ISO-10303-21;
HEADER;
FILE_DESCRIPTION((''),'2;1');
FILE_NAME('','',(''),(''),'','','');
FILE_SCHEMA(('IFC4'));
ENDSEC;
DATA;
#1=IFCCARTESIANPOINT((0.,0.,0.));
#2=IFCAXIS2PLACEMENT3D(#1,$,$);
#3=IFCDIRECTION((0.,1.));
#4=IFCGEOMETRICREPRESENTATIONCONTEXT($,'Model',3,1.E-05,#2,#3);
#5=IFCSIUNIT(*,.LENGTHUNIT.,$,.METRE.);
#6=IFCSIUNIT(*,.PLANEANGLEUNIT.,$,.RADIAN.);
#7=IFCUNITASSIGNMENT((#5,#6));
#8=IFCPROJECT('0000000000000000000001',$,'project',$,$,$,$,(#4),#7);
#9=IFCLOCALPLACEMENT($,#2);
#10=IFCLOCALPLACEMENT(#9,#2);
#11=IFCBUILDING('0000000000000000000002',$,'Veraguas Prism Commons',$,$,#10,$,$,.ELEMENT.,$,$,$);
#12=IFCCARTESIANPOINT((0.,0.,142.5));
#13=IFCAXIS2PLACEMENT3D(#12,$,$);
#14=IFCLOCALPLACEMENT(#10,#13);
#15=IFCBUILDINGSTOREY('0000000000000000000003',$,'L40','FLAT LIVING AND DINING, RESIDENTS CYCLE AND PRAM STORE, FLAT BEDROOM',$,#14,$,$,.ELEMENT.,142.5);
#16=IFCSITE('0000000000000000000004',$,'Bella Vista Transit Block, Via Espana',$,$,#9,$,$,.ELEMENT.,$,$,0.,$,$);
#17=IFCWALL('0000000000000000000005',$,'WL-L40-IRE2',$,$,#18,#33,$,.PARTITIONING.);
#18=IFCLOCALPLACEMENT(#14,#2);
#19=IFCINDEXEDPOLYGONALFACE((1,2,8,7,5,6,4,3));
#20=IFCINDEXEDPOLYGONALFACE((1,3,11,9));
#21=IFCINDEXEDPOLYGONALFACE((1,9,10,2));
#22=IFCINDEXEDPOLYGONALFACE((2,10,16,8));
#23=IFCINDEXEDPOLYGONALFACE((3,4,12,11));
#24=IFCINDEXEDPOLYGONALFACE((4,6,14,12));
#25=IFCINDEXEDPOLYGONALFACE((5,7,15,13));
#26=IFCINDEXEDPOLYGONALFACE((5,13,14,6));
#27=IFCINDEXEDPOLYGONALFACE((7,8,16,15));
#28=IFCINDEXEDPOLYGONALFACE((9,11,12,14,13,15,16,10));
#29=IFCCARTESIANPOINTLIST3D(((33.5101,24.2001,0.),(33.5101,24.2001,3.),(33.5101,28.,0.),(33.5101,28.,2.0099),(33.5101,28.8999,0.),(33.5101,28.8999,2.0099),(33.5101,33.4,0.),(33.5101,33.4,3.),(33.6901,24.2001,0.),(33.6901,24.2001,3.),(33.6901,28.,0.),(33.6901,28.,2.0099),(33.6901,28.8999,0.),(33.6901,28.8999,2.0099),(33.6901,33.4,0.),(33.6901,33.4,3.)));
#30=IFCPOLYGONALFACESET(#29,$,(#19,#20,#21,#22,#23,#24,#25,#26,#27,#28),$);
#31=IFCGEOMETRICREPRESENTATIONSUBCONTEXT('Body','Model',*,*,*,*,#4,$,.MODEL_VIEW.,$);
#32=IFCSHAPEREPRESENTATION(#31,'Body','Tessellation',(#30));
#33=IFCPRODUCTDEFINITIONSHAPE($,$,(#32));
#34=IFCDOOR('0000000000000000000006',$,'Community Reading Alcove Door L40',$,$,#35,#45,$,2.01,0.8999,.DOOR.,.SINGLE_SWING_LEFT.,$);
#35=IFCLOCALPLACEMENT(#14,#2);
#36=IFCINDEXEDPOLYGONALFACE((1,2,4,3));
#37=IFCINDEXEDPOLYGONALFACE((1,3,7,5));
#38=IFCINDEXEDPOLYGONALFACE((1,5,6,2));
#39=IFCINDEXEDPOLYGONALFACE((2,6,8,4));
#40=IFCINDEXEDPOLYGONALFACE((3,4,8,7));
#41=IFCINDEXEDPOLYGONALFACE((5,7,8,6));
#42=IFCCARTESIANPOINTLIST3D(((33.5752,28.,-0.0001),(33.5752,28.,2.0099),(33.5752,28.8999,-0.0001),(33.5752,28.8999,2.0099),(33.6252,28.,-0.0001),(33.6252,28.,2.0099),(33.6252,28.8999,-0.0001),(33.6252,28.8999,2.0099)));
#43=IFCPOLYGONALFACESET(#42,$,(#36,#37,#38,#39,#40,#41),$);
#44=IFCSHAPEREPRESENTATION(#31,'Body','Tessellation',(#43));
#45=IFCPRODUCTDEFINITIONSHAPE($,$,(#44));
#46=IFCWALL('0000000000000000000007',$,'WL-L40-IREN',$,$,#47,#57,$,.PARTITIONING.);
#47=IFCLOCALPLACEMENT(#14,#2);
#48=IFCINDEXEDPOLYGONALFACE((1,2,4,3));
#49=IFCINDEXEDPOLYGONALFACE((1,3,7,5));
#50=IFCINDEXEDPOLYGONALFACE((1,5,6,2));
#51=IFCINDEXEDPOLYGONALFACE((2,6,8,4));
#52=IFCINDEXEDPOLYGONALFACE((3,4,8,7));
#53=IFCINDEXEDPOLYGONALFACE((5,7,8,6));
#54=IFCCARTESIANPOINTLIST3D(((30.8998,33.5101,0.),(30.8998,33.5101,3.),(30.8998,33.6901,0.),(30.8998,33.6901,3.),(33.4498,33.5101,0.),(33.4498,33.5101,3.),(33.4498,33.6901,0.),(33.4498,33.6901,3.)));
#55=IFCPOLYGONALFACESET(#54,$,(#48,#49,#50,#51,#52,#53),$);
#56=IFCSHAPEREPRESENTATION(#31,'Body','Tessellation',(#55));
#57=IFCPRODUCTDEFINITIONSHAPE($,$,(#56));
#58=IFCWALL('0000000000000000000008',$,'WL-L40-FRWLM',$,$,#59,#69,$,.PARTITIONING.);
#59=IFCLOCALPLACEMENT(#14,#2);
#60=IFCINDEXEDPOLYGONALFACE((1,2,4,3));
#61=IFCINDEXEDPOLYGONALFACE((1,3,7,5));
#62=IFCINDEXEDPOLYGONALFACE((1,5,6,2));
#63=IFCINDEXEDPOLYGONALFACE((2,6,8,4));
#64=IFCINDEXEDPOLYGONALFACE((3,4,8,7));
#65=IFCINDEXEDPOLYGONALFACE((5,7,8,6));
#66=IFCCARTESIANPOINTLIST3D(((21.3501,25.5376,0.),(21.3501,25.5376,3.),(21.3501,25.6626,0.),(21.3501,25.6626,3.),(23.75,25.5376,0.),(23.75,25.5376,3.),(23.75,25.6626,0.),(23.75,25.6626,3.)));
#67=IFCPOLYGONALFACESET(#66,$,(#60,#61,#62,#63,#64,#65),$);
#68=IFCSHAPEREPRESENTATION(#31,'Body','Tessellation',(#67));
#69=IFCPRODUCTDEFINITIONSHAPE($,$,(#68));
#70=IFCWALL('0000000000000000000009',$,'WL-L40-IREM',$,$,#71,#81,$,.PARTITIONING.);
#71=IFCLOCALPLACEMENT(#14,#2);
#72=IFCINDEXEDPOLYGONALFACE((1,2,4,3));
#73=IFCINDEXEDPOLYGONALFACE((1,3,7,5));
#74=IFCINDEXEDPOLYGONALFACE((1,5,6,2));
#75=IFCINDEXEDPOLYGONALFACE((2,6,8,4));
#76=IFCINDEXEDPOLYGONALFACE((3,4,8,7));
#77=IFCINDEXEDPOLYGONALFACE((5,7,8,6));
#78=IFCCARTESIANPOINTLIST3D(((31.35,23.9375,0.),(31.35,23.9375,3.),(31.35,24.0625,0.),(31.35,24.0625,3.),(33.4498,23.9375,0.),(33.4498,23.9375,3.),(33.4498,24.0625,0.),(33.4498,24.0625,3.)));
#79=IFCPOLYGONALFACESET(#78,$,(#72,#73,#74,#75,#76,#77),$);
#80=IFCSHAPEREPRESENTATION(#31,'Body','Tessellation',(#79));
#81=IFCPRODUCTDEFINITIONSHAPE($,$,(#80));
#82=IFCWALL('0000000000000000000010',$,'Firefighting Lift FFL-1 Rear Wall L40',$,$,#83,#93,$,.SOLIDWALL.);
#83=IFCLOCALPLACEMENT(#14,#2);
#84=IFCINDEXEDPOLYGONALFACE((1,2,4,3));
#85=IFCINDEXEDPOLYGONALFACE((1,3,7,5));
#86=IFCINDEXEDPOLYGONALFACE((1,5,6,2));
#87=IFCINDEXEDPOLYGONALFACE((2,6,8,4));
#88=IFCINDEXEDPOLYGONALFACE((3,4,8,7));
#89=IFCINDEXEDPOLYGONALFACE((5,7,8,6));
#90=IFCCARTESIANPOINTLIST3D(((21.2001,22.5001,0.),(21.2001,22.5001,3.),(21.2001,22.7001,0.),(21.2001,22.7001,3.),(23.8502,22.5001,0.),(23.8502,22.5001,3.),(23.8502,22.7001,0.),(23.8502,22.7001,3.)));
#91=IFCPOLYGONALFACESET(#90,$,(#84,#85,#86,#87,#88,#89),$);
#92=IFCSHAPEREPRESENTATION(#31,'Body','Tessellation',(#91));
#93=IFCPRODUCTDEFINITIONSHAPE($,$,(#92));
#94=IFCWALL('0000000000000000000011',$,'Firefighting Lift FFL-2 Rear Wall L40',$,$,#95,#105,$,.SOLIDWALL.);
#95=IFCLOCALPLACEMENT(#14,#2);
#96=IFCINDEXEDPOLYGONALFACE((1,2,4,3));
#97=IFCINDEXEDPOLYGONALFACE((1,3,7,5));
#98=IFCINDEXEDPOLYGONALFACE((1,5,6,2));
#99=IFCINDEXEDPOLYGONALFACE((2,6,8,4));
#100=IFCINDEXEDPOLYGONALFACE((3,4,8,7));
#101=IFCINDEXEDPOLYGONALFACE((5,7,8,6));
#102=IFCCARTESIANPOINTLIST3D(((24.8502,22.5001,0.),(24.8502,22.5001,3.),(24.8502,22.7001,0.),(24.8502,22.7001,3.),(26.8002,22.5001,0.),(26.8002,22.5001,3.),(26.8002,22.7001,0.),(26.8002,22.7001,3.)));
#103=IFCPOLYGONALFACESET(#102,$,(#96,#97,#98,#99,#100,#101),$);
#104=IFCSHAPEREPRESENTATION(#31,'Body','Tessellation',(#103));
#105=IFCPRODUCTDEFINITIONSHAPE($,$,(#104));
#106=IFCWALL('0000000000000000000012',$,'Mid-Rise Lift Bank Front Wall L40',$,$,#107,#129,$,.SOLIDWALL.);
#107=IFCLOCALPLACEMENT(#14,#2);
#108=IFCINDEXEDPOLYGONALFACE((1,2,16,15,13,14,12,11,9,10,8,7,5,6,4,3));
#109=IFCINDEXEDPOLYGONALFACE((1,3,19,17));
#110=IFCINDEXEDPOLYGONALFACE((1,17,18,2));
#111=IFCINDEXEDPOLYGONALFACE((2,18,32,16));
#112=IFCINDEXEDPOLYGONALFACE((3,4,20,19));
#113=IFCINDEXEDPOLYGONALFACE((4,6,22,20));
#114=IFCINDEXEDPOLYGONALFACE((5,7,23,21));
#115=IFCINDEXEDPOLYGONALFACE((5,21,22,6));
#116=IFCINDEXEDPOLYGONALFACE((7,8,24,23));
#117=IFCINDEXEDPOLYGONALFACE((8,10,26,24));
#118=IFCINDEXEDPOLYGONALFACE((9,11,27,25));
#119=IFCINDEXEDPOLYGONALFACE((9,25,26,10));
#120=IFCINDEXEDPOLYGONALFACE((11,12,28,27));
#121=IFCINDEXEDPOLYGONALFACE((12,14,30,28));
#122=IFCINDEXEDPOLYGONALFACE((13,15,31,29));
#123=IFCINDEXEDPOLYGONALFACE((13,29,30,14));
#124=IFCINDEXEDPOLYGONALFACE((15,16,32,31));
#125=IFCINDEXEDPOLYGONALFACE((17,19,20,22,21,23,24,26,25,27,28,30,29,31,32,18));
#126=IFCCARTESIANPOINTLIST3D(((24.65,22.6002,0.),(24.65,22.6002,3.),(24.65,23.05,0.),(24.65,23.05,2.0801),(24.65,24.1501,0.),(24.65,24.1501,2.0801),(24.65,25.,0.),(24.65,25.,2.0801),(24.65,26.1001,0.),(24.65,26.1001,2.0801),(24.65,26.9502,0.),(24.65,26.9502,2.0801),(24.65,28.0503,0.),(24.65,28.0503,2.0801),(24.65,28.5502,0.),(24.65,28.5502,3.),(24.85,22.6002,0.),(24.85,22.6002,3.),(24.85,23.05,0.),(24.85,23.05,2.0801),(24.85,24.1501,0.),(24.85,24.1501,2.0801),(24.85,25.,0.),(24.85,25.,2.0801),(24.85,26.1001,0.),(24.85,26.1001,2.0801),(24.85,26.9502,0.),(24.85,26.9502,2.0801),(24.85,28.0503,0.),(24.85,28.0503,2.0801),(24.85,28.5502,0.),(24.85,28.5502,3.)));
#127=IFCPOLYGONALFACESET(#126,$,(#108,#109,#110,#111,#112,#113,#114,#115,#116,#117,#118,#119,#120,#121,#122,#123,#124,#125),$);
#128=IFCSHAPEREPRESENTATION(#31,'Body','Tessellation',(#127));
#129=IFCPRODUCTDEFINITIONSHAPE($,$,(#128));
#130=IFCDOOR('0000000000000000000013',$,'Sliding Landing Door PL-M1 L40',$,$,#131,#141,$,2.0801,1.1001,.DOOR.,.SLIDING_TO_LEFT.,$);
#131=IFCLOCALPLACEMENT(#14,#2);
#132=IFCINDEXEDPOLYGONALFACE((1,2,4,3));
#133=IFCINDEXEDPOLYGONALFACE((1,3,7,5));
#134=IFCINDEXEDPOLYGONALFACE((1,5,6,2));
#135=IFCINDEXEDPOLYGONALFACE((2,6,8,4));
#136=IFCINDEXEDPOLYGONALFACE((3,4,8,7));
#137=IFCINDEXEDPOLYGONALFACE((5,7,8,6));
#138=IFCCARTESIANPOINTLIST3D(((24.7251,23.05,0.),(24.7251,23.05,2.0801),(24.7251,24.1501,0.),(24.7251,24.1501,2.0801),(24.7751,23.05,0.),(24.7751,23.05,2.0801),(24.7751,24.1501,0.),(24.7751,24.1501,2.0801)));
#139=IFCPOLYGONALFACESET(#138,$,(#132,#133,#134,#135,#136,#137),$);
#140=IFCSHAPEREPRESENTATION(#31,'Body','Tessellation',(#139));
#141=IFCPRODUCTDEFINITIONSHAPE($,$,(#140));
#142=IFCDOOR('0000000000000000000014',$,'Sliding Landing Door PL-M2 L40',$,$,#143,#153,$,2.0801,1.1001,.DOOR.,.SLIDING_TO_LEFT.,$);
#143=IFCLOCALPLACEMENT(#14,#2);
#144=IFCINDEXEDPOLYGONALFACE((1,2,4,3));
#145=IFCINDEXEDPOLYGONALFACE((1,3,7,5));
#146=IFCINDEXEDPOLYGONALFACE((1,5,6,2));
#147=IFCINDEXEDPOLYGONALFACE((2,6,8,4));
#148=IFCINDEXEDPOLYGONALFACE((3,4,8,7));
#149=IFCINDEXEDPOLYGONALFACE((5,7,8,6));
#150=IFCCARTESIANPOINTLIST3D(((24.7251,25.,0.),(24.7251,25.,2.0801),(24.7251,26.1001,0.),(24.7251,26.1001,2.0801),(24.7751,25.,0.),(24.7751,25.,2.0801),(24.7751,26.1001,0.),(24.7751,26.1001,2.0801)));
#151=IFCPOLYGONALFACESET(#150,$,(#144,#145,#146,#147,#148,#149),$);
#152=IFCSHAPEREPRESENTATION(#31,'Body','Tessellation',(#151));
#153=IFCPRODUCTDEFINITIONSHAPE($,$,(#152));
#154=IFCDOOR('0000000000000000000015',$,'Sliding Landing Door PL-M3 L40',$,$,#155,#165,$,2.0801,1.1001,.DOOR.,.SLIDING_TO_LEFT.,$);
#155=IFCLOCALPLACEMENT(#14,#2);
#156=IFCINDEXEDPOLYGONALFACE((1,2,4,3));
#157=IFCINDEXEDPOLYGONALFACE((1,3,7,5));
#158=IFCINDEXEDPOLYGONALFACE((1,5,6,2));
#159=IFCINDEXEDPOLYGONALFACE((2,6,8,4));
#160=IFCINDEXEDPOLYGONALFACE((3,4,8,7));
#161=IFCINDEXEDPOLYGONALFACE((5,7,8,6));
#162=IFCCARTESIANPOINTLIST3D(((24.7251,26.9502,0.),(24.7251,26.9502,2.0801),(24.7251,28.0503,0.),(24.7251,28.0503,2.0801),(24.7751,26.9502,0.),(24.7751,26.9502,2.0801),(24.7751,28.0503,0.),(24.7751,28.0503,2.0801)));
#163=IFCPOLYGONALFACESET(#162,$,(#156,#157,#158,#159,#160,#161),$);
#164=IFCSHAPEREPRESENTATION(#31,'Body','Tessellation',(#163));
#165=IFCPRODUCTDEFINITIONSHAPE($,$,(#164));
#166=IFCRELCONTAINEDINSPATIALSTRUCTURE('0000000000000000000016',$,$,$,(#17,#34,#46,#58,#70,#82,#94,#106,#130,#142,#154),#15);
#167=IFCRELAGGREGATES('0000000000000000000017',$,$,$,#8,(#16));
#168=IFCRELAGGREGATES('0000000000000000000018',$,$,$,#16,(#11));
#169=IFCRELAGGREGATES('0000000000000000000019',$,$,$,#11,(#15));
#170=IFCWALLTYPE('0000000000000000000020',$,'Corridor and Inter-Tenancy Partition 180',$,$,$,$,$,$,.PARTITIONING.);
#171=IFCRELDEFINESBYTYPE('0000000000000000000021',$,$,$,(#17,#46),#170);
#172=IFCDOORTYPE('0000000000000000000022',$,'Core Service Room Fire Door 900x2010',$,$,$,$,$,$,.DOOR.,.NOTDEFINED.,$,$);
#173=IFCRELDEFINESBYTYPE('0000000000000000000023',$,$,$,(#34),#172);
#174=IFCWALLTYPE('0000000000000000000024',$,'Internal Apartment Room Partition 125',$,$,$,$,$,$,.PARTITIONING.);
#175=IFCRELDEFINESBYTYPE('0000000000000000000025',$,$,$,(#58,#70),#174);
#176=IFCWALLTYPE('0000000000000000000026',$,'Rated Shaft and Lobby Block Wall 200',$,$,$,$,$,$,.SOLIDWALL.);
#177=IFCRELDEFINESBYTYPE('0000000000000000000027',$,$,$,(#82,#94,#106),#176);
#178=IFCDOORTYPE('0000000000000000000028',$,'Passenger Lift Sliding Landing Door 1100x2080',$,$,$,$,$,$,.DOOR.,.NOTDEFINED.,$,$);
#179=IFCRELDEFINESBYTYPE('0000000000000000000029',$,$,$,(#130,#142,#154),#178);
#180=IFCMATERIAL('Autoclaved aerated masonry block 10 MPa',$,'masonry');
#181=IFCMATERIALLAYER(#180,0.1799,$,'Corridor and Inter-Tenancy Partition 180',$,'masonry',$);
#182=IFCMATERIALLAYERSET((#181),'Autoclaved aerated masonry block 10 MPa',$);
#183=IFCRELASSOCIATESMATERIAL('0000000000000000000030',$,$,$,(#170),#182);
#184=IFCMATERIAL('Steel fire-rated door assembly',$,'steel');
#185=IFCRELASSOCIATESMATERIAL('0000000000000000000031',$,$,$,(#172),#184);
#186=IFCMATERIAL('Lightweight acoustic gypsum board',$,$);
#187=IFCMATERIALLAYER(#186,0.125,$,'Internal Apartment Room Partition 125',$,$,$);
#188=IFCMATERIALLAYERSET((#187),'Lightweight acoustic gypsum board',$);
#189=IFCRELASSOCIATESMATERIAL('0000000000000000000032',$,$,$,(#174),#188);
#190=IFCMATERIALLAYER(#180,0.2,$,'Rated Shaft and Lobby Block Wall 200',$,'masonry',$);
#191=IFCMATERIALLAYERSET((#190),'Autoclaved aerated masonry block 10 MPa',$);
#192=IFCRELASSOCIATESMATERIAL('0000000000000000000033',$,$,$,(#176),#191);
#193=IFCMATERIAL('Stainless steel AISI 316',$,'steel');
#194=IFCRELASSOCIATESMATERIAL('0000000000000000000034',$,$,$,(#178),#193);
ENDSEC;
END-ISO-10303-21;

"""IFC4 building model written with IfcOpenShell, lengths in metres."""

from ifc_helpers import new_model, si_unit, direction, frame, frame_2d, origin, place, context, subcontext, project, spatial, rectangle, extrude, source, transform, mapped, material, layer, layer_set, type_object, element, fill, save


model = new_model("IFC4")

# Units and contexts
model_context = context("Model", 3, precision=1e-05, world=origin(), true_north=direction((0.0, 1.0)))
body_context = subcontext(model_context, "Body", "Model", "MODEL_VIEW")
ifc_project = project(units=[si_unit("LENGTHUNIT", "METRE"), si_unit("PLANEANGLEUNIT", "RADIAN")], contexts=[model_context])

# Site, building, storey
site_placement = place(None, origin())
site = spatial("IfcSite", under=ifc_project, at=site_placement, Name="Bella Vista Transit Block, Via Espana", CompositionType="ELEMENT", RefElevation=0.0)
building_placement = place(site_placement, origin())
building = spatial("IfcBuilding", under=site, at=building_placement, Name="Veraguas Prism Commons", CompositionType="ELEMENT")
storey_placement = place(building_placement, frame((0.0, 0.0, 142.5)))
storey = spatial("IfcBuildingStorey", under=building, at=storey_placement, Name="L40", Description="FLAT LIVING AND DINING, RESIDENTS CYCLE AND PRAM STORE, FLAT BEDROOM", CompositionType="ELEMENT", Elevation=142.5)

# Wall, opening, door
ifc_material_1 = material(Name="Steel fire-rated door assembly", Category="steel")
ifc_material_2 = material(Name="Autoclaved aerated masonry block 10 MPa", Category="masonry")
ifc_layer_1 = layer(ifc_material_2, 0.1799, Name="Corridor and Inter-Tenancy Partition 180", Category="masonry")
ifc_layer_set_1 = layer_set([ifc_layer_1], Name="Autoclaved aerated masonry block 10 MPa")
wall_type_1 = type_object("IfcWallType", Name="Corridor and Inter-Tenancy Partition 180", PredefinedType="PARTITIONING", material=ifc_layer_set_1)
door_type_1 = type_object("IfcDoorType", Name="Core Service Room Fire Door 900x2010", OperationType="NOTDEFINED", PredefinedType="DOOR", material=ifc_material_1)
shared_shape_1 = source(origin(), body_context, "Body", "SweptSolid", [
    extrude(rectangle(XDim=0.8999, YDim=2.01, at=frame_2d((0.45, 1.0049))), frame((0.0, 0.0249, 0.0), z_axis=(0.0, -1.0, 0.0), x_axis=(1.0, 0.0, 0.0)), (0.0, 0.0, 1.0), 0.05),
])
wall_1_placement = place(storey_placement, frame((33.6001, 24.2, 0.0), z_axis=(0.0, 0.0, 1.0), x_axis=(0.0, 1.0, 0.0)))
wall_1 = element("IfcWall", 1, at=wall_1_placement, inside=storey, type_object=wall_type_1, Name="WL-L40-IRE2", PredefinedType="PARTITIONING", context=body_context, shape_type="SweptSolid", body=[
    extrude(rectangle(XDim=9.2, YDim=0.1799, at=frame_2d((4.6001, 0.0))), origin(), (0.0, 0.0, 1.0), 3.0),
])
opening_1_placement = place(wall_1_placement, frame((3.8, 0.0, 0.0)))
opening_1 = element("IfcOpeningElement", 2, at=opening_1_placement, cuts=wall_1, PredefinedType="OPENING", context=body_context, shape_type="SweptSolid", body=[
    extrude(rectangle(XDim=0.8999, YDim=2.01, at=frame_2d((0.45, 1.0049))), frame((0.0, 0.0999, 0.0), z_axis=(0.0, -1.0, 0.0), x_axis=(1.0, 0.0, 0.0)), (0.0, 0.0, 1.0), 0.2),
])
door_1_placement = place(opening_1_placement, origin())
door_1 = element("IfcDoor", 3, at=door_1_placement, inside=storey, type_object=door_type_1, Name="Community Reading Alcove Door L40", OperationType="SINGLE_SWING_LEFT", OverallHeight=2.01, OverallWidth=0.8999, PredefinedType="DOOR", context=body_context, shape_type="MappedRepresentation", body=[
    mapped(shared_shape_1, transform((0.0, 0.0, 0.0), scale=1.0)),
])
fill(opening_1, door_1)

# Walls
wall_2_placement = place(storey_placement, frame((30.8999, 33.6001, 0.0), z_axis=(0.0, 0.0, 1.0), x_axis=(1.0, 0.0, 0.0)))
element("IfcWall", 4, at=wall_2_placement, inside=storey, type_object=wall_type_1, Name="WL-L40-IREN", PredefinedType="PARTITIONING", context=body_context, shape_type="SweptSolid", body=[
    extrude(rectangle(XDim=2.55, YDim=0.1799, at=frame_2d((1.2749, 0.0))), origin(), (0.0, 0.0, 1.0), 3.0),
])
ifc_material_3 = material(Name="Lightweight acoustic gypsum board")
ifc_layer_2 = layer(ifc_material_3, 0.125, Name="Internal Apartment Room Partition 125")
ifc_layer_set_2 = layer_set([ifc_layer_2], Name="Lightweight acoustic gypsum board")
wall_type_2 = type_object("IfcWallType", Name="Internal Apartment Room Partition 125", PredefinedType="PARTITIONING", material=ifc_layer_set_2)
wall_3_placement = place(storey_placement, frame((21.3501, 25.6001, 0.0), z_axis=(0.0, 0.0, 1.0), x_axis=(1.0, 0.0, 0.0)))
element("IfcWall", 5, at=wall_3_placement, inside=storey, type_object=wall_type_2, Name="WL-L40-FRWLM", PredefinedType="PARTITIONING", context=body_context, shape_type="SweptSolid", body=[
    extrude(rectangle(XDim=2.3999, YDim=0.125, at=frame_2d((1.2, 0.0))), origin(), (0.0, 0.0, 1.0), 3.0),
])
wall_4_placement = place(storey_placement, frame((31.3501, 24.0, 0.0), z_axis=(0.0, 0.0, 1.0), x_axis=(1.0, 0.0, 0.0)))
element("IfcWall", 6, at=wall_4_placement, inside=storey, type_object=wall_type_2, Name="WL-L40-IREM", PredefinedType="PARTITIONING", context=body_context, shape_type="SweptSolid", body=[
    extrude(rectangle(XDim=2.0999, YDim=0.125, at=frame_2d((1.0498, 0.0))), origin(), (0.0, 0.0, 1.0), 3.0),
])
ifc_layer_3 = layer(ifc_material_2, 0.2, Name="Rated Shaft and Lobby Block Wall 200", Category="masonry")
ifc_layer_set_3 = layer_set([ifc_layer_3], Name="Autoclaved aerated masonry block 10 MPa")
wall_type_3 = type_object("IfcWallType", Name="Rated Shaft and Lobby Block Wall 200", PredefinedType="SOLIDWALL", material=ifc_layer_set_3)
wall_5_placement = place(storey_placement, frame((21.2, 22.6001, 0.0), z_axis=(0.0, 0.0, 1.0), x_axis=(1.0, 0.0, 0.0)))
element("IfcWall", 7, at=wall_5_placement, inside=storey, type_object=wall_type_3, Name="Firefighting Lift FFL-1 Rear Wall L40", PredefinedType="SOLIDWALL", context=body_context, shape_type="SweptSolid", body=[
    extrude(rectangle(XDim=2.6501, YDim=0.2, at=frame_2d((1.3252, 0.0))), origin(), (0.0, 0.0, 1.0), 3.0),
])
wall_6_placement = place(storey_placement, frame((24.8501, 22.6001, 0.0), z_axis=(0.0, 0.0, 1.0), x_axis=(1.0, 0.0, 0.0)))
element("IfcWall", 8, at=wall_6_placement, inside=storey, type_object=wall_type_3, Name="Firefighting Lift FFL-2 Rear Wall L40", PredefinedType="SOLIDWALL", context=body_context, shape_type="SweptSolid", body=[
    extrude(rectangle(XDim=1.95, YDim=0.2, at=frame_2d((0.9751, 0.0))), origin(), (0.0, 0.0, 1.0), 3.0),
])

# Wall, openings, doors
wall_7_placement = place(storey_placement, frame((24.75, 22.6001, 0.0), z_axis=(0.0, 0.0, 1.0), x_axis=(0.0, 1.0, 0.0)))
wall_7 = element("IfcWall", 9, at=wall_7_placement, inside=storey, type_object=wall_type_3, Name="Mid-Rise Lift Bank Front Wall L40", PredefinedType="SOLIDWALL", context=body_context, shape_type="SweptSolid", body=[
    extrude(rectangle(XDim=5.95, YDim=0.2, at=frame_2d((2.9751, 0.0))), origin(), (0.0, 0.0, 1.0), 3.0),
])
opening_2_placement = place(wall_7_placement, frame((0.45, 0.0, 0.0)))
opening_2 = element("IfcOpeningElement", 10, at=opening_2_placement, cuts=wall_7, PredefinedType="OPENING", context=body_context, shape_type="SweptSolid", body=[
    extrude(rectangle(XDim=1.1001, YDim=2.0801, at=frame_2d((0.55, 1.04))), frame((0.0, 0.1099, 0.0), z_axis=(0.0, -1.0, 0.0), x_axis=(1.0, 0.0, 0.0)), (0.0, 0.0, 1.0), 0.22),
])
opening_3_placement = place(wall_7_placement, frame((2.3999, 0.0, 0.0)))
opening_3 = element("IfcOpeningElement", 11, at=opening_3_placement, cuts=wall_7, PredefinedType="OPENING", context=body_context, shape_type="SweptSolid", body=[
    extrude(rectangle(XDim=1.1001, YDim=2.0801, at=frame_2d((0.55, 1.04))), frame((0.0, 0.1099, 0.0), z_axis=(0.0, -1.0, 0.0), x_axis=(1.0, 0.0, 0.0)), (0.0, 0.0, 1.0), 0.22),
])
opening_4_placement = place(wall_7_placement, frame((4.3501, 0.0, 0.0)))
opening_4 = element("IfcOpeningElement", 12, at=opening_4_placement, cuts=wall_7, PredefinedType="OPENING", context=body_context, shape_type="SweptSolid", body=[
    extrude(rectangle(XDim=1.1001, YDim=2.0801, at=frame_2d((0.55, 1.04))), frame((0.0, 0.1099, 0.0), z_axis=(0.0, -1.0, 0.0), x_axis=(1.0, 0.0, 0.0)), (0.0, 0.0, 1.0), 0.22),
])
ifc_material_4 = material(Name="Stainless steel AISI 316", Category="steel")
door_type_2 = type_object("IfcDoorType", Name="Passenger Lift Sliding Landing Door 1100x2080", OperationType="NOTDEFINED", PredefinedType="DOOR", material=ifc_material_4)
shared_shape_2 = source(origin(), body_context, "Body", "SweptSolid", [
    extrude(rectangle(XDim=1.1001, YDim=2.0801, at=frame_2d((0.55, 1.04))), frame((0.0, 0.0249, 0.0), z_axis=(0.0, -1.0, 0.0), x_axis=(1.0, 0.0, 0.0)), (0.0, 0.0, 1.0), 0.05),
])
door_2_placement = place(opening_2_placement, origin())
door_2 = element("IfcDoor", 13, at=door_2_placement, inside=storey, type_object=door_type_2, Name="Sliding Landing Door PL-M1 L40", OperationType="SLIDING_TO_LEFT", OverallHeight=2.0801, OverallWidth=1.1001, PredefinedType="DOOR", context=body_context, shape_type="MappedRepresentation", body=[
    mapped(shared_shape_2, transform((0.0, 0.0, 0.0), scale=1.0)),
])
fill(opening_2, door_2)
door_3_placement = place(opening_3_placement, origin())
door_3 = element("IfcDoor", 14, at=door_3_placement, inside=storey, type_object=door_type_2, Name="Sliding Landing Door PL-M2 L40", OperationType="SLIDING_TO_LEFT", OverallHeight=2.0801, OverallWidth=1.1001, PredefinedType="DOOR", context=body_context, shape_type="MappedRepresentation", body=[
    mapped(shared_shape_2, transform((0.0, 0.0, 0.0), scale=1.0)),
])
fill(opening_3, door_3)
door_4_placement = place(opening_4_placement, origin())
door_4 = element("IfcDoor", 15, at=door_4_placement, inside=storey, type_object=door_type_2, Name="Sliding Landing Door PL-M3 L40", OperationType="SLIDING_TO_LEFT", OverallHeight=2.0801, OverallWidth=1.1001, PredefinedType="DOOR", context=body_context, shape_type="MappedRepresentation", body=[
    mapped(shared_shape_2, transform((0.0, 0.0, 0.0), scale=1.0)),
])
fill(opening_4, door_4)

save(model, "model.ifc")
